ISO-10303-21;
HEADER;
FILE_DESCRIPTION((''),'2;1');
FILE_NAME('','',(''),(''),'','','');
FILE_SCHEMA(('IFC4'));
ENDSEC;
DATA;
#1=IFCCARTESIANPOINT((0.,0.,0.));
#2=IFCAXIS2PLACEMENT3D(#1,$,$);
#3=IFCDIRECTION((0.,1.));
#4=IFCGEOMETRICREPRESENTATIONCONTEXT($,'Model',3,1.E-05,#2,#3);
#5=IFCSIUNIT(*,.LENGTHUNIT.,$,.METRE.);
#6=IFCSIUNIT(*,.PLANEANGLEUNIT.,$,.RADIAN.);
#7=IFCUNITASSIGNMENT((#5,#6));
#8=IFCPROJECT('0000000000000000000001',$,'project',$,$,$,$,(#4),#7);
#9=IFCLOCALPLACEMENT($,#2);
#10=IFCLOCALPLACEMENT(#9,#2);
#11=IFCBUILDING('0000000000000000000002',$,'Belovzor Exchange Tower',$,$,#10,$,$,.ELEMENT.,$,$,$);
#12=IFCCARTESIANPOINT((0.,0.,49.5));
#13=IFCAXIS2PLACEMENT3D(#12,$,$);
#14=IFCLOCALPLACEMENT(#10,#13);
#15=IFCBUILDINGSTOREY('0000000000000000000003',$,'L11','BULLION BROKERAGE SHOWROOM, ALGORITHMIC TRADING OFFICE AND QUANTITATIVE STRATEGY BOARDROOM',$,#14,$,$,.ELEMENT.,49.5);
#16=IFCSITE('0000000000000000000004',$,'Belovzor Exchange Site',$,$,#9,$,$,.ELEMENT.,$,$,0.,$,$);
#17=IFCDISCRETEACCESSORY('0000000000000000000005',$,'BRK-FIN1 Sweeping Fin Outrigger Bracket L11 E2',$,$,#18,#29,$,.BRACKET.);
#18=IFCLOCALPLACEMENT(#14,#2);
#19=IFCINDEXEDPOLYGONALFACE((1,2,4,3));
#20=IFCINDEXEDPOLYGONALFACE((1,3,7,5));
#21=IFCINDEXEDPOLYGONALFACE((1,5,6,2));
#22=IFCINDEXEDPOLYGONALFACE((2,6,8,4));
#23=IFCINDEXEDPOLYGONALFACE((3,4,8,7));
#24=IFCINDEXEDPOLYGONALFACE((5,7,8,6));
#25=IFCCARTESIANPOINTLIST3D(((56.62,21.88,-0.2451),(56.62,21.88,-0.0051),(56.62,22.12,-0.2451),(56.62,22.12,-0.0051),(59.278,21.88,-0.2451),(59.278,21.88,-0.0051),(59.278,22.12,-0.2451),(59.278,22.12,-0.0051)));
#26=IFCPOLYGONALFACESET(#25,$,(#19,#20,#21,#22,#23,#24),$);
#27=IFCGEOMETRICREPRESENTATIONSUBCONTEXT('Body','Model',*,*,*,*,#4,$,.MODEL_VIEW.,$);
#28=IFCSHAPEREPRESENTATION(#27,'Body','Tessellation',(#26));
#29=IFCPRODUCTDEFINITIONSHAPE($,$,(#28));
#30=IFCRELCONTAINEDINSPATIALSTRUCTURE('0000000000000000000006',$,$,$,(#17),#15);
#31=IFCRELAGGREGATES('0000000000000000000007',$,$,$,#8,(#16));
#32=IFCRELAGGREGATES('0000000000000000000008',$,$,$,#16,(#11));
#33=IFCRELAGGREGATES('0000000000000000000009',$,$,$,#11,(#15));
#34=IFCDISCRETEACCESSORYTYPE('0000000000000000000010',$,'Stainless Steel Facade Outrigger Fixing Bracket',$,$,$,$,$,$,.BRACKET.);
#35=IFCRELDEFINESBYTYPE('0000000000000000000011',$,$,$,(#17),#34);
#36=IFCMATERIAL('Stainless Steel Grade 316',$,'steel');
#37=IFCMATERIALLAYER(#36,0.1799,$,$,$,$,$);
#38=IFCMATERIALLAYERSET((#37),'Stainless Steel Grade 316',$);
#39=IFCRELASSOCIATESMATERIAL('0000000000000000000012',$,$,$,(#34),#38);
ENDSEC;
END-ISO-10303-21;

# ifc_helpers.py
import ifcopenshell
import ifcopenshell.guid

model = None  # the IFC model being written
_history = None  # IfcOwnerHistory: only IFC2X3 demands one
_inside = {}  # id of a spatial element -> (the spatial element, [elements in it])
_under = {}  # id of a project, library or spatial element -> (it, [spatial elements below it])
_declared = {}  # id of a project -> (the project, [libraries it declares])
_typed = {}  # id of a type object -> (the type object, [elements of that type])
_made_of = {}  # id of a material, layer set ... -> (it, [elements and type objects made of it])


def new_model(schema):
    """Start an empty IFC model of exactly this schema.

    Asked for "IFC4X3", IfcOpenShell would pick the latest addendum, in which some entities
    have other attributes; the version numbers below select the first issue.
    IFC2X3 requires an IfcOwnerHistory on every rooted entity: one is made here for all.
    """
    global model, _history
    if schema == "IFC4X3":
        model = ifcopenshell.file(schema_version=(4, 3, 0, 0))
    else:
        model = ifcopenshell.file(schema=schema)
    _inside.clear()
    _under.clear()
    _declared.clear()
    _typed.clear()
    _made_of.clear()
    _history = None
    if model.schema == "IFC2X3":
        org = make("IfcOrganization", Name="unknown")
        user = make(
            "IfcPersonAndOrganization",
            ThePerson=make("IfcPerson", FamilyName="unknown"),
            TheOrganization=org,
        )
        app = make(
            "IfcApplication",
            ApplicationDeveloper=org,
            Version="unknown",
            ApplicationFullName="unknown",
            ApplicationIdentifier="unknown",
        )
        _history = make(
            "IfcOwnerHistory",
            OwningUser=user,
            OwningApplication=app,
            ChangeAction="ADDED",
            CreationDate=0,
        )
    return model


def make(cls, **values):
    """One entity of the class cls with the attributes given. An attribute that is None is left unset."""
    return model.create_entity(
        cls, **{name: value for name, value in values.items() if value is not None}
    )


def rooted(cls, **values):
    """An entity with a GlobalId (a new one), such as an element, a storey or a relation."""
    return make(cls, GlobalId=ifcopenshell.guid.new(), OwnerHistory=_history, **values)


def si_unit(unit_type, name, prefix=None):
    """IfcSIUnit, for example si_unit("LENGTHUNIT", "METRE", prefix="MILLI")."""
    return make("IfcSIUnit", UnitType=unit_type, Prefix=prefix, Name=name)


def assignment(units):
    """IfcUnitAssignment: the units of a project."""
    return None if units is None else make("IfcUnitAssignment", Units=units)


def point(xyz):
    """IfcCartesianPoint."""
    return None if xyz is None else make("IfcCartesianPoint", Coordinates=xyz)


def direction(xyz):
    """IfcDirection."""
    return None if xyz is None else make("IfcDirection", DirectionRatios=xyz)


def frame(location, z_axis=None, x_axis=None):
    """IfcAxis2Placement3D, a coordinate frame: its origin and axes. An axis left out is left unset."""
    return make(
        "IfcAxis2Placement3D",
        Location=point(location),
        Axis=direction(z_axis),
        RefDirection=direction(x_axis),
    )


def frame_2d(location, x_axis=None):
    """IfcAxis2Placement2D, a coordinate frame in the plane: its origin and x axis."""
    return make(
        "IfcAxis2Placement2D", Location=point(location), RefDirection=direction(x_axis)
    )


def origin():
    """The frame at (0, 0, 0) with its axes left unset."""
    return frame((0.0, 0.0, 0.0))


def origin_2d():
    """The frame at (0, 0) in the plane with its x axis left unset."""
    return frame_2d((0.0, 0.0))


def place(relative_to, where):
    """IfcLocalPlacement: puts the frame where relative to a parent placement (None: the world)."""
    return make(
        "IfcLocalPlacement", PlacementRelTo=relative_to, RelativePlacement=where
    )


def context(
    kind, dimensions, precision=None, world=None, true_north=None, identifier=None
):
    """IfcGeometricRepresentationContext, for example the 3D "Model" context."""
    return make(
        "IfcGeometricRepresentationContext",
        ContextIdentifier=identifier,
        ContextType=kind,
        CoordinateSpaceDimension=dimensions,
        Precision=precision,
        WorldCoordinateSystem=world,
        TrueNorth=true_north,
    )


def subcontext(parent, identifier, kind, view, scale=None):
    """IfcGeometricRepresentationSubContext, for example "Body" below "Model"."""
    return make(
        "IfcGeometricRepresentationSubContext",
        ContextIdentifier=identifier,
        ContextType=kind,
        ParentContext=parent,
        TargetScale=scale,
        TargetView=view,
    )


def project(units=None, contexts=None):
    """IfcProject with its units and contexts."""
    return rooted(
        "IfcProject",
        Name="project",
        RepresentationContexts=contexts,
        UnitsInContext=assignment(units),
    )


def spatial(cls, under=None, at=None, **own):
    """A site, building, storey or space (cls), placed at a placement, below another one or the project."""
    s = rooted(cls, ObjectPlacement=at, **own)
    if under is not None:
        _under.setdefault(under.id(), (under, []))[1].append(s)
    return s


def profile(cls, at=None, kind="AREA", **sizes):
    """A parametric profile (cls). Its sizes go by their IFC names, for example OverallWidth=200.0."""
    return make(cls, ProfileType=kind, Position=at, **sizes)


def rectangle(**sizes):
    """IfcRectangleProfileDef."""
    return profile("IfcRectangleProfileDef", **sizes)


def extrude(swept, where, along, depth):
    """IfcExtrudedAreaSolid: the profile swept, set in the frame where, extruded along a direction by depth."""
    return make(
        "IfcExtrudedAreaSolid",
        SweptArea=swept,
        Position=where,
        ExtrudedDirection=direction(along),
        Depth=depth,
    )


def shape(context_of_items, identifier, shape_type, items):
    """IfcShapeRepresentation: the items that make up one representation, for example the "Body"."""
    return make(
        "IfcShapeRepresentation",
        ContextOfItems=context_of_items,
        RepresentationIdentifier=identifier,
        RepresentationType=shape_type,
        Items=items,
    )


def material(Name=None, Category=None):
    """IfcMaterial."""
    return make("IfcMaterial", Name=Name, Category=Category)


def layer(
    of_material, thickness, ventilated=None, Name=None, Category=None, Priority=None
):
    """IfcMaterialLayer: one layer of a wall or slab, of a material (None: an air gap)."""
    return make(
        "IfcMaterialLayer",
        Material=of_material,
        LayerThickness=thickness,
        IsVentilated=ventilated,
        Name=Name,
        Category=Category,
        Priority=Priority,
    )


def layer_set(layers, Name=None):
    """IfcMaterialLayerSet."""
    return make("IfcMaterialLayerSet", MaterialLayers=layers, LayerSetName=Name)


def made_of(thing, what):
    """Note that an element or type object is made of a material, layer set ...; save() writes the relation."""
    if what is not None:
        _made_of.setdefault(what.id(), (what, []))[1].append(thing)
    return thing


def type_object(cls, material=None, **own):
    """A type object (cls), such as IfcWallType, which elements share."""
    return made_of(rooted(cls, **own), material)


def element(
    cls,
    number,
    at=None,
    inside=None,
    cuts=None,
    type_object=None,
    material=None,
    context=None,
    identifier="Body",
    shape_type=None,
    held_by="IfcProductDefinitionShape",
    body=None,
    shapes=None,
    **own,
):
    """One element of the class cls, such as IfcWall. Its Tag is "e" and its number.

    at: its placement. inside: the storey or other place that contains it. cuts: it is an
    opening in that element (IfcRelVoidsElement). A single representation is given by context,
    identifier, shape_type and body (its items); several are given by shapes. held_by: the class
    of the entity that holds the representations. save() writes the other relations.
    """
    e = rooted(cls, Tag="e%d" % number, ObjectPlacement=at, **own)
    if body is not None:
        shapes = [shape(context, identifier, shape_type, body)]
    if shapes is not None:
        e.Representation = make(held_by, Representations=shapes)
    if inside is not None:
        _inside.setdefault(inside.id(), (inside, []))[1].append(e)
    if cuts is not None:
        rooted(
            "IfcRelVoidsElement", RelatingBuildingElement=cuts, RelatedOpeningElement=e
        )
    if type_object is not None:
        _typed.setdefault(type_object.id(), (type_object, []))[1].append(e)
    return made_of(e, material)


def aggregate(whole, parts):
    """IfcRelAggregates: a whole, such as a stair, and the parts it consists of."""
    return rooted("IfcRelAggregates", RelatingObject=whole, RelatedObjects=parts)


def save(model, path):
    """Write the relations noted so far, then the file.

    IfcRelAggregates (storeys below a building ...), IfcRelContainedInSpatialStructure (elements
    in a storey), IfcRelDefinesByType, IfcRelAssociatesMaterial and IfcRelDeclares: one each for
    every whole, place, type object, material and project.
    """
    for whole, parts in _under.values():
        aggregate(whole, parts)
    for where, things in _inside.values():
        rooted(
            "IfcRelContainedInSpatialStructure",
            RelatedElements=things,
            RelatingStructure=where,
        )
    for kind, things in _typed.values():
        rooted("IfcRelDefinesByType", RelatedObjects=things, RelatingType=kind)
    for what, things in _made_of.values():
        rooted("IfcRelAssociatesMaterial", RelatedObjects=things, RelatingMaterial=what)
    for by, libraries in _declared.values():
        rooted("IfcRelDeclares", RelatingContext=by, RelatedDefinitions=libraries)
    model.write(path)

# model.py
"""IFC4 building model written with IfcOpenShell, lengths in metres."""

from ifc_helpers import new_model, si_unit, direction, frame, origin, origin_2d, place, context, subcontext, project, spatial, rectangle, extrude, material, layer, layer_set, type_object, element, save


model = new_model("IFC4")

# Units and contexts
model_context = context("Model", 3, precision=1e-05, world=origin(), true_north=direction((0.0, 1.0)))
body_context = subcontext(model_context, "Body", "Model", "MODEL_VIEW")
ifc_project = project(units=[si_unit("LENGTHUNIT", "METRE"), si_unit("PLANEANGLEUNIT", "RADIAN")], contexts=[model_context])

# Site, building, storey
site_placement = place(None, origin())
site = spatial("IfcSite", under=ifc_project, at=site_placement, Name="Belovzor Exchange Site", CompositionType="ELEMENT", RefElevation=0.0)
building_placement = place(site_placement, origin())
building = spatial("IfcBuilding", under=site, at=building_placement, Name="Belovzor Exchange Tower", CompositionType="ELEMENT")
storey_placement = place(building_placement, frame((0.0, 0.0, 49.5)))
storey = spatial("IfcBuildingStorey", under=building, at=storey_placement, Name="L11", Description="BULLION BROKERAGE SHOWROOM, ALGORITHMIC TRADING OFFICE AND QUANTITATIVE STRATEGY BOARDROOM", CompositionType="ELEMENT", Elevation=49.5)

# Discrete accessory
ifc_material_1 = material(Name="Stainless Steel Grade 316", Category="steel")
ifc_layer_1 = layer(ifc_material_1, 0.1799)
ifc_layer_set_1 = layer_set([ifc_layer_1], Name="Stainless Steel Grade 316")
discrete_accessory_type = type_object("IfcDiscreteAccessoryType", Name="Stainless Steel Facade Outrigger Fixing Bracket", PredefinedType="BRACKET", material=ifc_layer_set_1)
discrete_accessory_placement = place(storey_placement, frame((57.949, 22.0, -0.2451), z_axis=(0.0, 0.0, 1.0), x_axis=(1.0, 0.0, 0.0)))
element("IfcDiscreteAccessory", 1, at=discrete_accessory_placement, inside=storey, type_object=discrete_accessory_type, Name="BRK-FIN1 Sweeping Fin Outrigger Bracket L11 E2", PredefinedType="BRACKET", context=body_context, shape_type="SweptSolid", body=[
    extrude(rectangle(XDim=2.658, YDim=0.24, at=origin_2d()), origin(), (0.0, 0.0, 1.0), 0.24),
])

save(model, "model.ifc")
